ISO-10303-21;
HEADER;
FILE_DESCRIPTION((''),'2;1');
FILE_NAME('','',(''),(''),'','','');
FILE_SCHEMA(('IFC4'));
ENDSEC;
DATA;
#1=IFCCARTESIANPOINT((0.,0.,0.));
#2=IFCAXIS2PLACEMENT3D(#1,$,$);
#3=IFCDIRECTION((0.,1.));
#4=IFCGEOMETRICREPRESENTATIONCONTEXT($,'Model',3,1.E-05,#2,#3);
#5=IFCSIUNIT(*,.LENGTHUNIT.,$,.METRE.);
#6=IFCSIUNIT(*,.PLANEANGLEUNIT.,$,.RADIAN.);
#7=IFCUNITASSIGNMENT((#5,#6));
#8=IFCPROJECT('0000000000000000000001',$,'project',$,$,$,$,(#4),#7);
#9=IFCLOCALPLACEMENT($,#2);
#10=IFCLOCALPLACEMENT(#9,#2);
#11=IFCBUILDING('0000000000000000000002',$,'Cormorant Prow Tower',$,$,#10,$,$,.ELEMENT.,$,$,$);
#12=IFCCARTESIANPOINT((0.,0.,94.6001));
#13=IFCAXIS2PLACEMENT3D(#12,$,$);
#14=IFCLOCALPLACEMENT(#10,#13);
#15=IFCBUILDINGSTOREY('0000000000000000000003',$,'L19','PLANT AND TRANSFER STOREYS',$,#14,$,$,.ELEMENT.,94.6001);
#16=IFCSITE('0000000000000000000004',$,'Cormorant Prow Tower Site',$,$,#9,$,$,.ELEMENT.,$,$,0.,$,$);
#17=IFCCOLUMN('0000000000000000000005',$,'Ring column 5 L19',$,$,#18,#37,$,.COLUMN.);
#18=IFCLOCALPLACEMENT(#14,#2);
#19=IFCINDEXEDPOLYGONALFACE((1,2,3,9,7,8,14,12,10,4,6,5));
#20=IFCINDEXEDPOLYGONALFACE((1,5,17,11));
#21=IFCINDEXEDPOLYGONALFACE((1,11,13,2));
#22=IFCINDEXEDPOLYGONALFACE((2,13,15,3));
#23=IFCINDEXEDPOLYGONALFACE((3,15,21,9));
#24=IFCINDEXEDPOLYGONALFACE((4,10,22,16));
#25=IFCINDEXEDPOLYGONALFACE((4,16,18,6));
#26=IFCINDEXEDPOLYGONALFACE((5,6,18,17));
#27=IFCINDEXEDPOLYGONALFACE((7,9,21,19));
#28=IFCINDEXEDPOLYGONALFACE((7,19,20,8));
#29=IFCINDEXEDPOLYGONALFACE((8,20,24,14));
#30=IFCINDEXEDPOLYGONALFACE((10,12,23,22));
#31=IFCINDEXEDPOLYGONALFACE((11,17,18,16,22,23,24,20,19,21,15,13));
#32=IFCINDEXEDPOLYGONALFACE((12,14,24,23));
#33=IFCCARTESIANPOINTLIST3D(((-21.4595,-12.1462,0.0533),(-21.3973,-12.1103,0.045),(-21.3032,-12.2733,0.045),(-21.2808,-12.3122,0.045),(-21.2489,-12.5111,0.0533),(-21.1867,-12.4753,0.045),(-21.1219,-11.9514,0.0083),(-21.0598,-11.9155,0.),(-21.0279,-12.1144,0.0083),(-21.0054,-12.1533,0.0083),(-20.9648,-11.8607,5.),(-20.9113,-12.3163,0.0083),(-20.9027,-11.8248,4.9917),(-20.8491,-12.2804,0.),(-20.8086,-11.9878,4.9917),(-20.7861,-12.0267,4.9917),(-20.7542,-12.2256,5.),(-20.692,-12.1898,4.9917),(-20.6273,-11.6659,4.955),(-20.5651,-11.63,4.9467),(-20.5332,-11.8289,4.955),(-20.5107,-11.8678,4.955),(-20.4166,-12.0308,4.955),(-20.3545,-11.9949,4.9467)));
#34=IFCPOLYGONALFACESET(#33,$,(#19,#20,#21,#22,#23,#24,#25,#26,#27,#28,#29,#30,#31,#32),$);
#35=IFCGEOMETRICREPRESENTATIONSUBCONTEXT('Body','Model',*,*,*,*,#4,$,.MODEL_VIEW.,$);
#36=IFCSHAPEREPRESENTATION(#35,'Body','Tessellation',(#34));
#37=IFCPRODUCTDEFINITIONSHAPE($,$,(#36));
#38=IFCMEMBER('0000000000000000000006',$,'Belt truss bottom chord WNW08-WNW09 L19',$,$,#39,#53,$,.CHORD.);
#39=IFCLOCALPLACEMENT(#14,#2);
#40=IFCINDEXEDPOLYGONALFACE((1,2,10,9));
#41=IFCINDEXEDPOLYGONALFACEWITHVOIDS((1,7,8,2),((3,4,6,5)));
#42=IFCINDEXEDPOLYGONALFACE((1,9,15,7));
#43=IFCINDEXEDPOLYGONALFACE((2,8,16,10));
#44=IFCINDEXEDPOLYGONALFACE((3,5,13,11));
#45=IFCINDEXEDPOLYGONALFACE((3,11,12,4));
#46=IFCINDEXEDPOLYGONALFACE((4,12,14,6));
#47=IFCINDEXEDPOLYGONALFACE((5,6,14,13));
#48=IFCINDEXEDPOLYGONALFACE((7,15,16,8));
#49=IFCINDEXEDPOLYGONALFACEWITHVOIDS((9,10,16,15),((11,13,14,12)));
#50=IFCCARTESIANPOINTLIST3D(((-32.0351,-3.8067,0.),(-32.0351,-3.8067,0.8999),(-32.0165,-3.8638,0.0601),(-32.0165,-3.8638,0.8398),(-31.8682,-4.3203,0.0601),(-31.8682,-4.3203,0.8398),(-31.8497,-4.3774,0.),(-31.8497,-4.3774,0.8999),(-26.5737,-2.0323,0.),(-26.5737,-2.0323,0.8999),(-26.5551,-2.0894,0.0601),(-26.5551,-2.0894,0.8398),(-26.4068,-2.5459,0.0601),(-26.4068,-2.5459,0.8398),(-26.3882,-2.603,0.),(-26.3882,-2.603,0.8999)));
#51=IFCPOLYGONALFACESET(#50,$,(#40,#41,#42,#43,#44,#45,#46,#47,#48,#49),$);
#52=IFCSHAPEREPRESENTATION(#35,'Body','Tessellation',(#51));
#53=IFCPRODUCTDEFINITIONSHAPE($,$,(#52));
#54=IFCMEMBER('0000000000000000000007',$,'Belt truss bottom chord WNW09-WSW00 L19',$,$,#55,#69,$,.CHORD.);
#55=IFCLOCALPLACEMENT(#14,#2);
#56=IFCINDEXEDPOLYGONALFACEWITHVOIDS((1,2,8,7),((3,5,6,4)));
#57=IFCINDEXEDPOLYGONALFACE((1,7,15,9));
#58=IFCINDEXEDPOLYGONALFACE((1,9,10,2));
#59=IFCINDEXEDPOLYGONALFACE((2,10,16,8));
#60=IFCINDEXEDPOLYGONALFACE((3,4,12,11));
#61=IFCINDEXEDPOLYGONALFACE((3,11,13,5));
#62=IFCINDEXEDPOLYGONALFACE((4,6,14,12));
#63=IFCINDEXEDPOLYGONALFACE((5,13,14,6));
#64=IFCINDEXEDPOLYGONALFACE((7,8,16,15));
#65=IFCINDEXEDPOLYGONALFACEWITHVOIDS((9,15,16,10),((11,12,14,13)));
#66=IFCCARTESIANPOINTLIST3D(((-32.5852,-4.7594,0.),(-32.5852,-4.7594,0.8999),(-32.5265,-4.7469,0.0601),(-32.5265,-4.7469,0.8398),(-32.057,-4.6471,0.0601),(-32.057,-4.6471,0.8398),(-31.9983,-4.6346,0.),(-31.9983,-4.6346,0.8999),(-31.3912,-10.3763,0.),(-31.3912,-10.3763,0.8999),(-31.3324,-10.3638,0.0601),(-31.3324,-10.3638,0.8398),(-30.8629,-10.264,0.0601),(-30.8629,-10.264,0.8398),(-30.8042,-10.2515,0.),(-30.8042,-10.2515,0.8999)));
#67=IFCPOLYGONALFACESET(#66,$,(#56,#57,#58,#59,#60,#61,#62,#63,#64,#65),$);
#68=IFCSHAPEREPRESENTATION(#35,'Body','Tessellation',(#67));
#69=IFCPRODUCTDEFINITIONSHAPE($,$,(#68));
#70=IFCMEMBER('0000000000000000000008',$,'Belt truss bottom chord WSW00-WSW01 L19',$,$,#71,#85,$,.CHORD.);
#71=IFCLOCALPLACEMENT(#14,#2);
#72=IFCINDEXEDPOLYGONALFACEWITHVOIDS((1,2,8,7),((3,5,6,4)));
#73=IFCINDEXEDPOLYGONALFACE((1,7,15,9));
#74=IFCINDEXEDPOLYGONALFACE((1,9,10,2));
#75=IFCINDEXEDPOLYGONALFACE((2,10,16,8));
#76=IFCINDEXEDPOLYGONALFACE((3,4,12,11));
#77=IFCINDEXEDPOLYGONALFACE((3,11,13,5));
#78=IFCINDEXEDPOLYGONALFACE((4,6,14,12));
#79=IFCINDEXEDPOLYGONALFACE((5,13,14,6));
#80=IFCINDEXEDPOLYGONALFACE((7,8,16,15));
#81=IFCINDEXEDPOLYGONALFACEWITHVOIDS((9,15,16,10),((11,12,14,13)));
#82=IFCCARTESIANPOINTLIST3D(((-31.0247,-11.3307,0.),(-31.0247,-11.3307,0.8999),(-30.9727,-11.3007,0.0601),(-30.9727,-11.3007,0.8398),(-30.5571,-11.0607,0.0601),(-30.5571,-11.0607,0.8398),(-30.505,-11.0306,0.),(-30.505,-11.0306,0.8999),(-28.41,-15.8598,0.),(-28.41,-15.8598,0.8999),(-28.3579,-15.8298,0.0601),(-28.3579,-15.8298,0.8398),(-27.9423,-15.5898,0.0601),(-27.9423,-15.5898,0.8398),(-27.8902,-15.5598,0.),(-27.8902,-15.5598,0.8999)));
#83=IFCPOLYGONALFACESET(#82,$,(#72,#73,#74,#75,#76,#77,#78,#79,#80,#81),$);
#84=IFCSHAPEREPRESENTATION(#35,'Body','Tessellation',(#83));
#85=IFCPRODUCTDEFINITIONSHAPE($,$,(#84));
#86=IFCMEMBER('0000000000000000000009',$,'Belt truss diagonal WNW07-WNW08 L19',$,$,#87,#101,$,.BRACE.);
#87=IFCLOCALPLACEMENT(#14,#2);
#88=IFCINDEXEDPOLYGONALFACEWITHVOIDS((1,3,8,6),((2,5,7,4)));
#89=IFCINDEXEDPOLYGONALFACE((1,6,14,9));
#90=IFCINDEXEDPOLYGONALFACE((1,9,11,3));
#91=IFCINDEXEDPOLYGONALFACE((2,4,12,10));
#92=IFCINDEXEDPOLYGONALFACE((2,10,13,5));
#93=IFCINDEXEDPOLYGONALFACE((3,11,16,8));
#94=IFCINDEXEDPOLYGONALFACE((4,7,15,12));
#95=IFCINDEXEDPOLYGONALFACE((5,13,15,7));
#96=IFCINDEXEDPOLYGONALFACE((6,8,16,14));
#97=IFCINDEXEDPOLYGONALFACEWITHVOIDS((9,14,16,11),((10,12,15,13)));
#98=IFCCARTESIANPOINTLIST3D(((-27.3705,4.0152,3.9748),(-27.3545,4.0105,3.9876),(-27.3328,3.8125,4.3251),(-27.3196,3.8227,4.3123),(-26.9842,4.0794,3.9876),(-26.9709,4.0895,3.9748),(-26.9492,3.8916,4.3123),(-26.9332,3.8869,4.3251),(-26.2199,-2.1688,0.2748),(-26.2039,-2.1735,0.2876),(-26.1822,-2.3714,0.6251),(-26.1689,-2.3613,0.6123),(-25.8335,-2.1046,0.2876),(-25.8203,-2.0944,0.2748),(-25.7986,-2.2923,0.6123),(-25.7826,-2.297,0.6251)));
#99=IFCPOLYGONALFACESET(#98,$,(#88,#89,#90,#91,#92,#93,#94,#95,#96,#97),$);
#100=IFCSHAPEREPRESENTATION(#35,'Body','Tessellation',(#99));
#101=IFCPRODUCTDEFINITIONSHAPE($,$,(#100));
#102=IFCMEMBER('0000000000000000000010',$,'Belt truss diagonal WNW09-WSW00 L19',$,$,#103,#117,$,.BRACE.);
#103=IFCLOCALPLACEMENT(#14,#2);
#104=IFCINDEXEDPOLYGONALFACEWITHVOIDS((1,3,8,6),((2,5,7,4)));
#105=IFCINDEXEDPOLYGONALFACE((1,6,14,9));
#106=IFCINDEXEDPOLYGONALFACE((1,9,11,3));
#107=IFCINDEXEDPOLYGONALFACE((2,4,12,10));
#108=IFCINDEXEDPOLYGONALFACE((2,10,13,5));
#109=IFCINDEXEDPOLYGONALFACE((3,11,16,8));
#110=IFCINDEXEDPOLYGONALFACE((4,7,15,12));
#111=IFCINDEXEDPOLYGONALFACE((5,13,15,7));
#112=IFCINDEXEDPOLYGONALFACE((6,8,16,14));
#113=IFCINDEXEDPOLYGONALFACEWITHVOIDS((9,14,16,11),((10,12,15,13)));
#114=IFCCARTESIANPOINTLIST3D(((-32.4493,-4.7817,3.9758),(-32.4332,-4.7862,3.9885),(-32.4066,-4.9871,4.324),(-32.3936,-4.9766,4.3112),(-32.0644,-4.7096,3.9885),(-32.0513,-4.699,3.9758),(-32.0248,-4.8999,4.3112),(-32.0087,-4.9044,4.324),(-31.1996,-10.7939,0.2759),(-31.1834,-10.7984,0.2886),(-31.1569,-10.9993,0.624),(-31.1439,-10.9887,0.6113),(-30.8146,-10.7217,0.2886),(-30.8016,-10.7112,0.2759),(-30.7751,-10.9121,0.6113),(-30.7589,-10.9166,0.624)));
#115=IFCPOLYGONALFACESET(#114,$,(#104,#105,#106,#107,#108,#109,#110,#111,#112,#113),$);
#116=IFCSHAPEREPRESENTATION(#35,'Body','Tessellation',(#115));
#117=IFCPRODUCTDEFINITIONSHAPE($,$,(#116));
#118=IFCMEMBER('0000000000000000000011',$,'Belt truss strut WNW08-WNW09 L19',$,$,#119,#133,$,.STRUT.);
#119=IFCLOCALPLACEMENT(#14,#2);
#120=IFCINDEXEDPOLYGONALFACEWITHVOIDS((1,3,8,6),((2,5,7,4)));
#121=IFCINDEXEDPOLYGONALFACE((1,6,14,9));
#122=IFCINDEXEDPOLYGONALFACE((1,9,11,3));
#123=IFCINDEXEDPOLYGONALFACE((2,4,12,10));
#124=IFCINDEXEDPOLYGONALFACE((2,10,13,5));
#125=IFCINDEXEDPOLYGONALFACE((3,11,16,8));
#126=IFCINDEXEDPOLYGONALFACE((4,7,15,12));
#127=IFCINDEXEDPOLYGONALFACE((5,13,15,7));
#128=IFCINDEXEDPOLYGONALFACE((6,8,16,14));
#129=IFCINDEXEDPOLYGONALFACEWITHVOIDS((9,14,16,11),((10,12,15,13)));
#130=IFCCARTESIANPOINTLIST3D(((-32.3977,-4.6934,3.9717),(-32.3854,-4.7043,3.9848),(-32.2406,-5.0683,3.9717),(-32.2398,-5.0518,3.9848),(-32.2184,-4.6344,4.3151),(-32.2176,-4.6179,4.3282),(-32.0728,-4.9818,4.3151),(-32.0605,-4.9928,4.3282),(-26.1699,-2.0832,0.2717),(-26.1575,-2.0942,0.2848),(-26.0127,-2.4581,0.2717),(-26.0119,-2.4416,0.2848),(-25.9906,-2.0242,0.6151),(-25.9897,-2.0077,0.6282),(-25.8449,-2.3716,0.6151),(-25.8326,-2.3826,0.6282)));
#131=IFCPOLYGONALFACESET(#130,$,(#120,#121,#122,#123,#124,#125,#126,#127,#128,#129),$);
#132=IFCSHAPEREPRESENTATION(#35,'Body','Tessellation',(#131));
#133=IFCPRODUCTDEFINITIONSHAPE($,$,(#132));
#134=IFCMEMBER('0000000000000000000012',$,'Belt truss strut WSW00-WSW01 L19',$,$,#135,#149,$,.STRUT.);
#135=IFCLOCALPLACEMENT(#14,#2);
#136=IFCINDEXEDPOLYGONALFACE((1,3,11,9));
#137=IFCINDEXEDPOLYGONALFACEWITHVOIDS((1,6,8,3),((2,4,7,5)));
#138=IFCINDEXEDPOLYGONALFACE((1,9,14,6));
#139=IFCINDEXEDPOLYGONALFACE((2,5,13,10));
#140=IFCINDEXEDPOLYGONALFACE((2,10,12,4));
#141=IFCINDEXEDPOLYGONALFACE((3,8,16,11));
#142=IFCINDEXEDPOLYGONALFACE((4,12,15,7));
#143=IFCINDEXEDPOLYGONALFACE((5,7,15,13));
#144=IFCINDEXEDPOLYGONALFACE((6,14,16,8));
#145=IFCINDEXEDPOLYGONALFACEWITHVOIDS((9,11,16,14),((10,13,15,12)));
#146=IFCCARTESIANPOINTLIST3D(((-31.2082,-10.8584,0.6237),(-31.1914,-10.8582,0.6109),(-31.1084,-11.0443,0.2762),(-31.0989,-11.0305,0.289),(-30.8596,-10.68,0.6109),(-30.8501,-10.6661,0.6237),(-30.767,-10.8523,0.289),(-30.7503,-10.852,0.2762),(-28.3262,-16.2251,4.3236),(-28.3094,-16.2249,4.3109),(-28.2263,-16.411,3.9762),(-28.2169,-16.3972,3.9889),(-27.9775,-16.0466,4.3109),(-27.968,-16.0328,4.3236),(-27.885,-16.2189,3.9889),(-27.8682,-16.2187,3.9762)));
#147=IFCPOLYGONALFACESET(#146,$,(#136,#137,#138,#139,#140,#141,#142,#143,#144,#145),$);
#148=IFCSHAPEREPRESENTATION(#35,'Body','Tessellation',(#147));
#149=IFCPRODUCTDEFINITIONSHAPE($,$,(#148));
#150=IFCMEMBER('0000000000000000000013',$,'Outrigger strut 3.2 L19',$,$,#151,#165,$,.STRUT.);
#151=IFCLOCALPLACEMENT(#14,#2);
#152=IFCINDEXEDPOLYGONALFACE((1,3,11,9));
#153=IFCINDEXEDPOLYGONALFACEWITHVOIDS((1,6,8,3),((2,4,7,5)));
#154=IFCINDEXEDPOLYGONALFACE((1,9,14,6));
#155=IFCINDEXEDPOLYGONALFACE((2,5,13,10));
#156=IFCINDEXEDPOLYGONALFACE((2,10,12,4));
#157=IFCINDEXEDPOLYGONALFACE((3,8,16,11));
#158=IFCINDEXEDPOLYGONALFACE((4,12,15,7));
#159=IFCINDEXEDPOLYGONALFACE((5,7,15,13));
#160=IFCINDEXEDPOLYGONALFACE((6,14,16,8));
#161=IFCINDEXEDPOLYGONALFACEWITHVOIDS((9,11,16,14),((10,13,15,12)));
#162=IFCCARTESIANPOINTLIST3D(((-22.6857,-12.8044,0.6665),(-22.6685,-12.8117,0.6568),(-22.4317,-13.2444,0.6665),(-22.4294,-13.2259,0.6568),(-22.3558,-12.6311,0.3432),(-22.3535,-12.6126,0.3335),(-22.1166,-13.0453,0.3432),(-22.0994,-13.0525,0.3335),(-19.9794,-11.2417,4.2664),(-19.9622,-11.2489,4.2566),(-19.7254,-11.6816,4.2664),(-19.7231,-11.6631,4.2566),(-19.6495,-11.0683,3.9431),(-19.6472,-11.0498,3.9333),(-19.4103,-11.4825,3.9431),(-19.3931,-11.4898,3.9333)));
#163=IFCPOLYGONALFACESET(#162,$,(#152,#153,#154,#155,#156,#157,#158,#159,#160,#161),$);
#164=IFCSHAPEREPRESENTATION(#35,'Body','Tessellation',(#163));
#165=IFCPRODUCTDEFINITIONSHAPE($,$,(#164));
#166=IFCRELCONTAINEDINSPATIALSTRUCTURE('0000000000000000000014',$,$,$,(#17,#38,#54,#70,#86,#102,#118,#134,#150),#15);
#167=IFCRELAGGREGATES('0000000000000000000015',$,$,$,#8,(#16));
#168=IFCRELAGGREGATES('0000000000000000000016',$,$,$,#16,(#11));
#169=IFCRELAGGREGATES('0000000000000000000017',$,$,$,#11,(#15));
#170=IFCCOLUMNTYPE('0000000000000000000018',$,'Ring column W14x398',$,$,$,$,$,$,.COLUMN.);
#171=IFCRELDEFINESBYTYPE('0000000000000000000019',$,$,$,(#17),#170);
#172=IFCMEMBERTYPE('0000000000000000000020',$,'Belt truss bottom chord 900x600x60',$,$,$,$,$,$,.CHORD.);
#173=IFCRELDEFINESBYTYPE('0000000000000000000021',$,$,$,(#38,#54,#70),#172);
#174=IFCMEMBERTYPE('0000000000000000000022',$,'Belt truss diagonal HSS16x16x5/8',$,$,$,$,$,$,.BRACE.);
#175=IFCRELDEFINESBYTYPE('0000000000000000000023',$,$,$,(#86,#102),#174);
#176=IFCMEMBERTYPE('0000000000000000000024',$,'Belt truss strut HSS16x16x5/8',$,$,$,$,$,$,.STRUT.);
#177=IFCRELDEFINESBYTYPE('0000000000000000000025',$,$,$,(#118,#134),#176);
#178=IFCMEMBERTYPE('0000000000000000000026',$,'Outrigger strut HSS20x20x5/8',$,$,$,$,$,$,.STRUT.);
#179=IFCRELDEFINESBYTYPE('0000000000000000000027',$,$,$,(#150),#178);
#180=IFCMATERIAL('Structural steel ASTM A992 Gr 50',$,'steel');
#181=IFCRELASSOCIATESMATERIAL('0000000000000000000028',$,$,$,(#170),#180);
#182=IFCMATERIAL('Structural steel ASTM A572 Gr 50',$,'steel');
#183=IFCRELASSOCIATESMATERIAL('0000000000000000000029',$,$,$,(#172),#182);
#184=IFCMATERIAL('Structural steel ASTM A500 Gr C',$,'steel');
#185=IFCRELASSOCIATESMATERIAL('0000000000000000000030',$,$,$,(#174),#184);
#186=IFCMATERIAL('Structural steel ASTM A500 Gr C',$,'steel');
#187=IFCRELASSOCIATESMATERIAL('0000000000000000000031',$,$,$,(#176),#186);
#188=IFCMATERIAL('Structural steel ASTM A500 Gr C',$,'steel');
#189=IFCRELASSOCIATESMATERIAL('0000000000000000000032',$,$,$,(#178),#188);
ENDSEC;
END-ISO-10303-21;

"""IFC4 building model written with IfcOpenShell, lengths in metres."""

from ifc_helpers import new_model, si_unit, direction, frame, origin, origin_2d, place, context, subcontext, project, spatial, hollow_rectangle, i_section, extrude, material, material_profile, profile_set, type_object, element, save


model = new_model("IFC4")

# Units and contexts
model_context = context("Model", 3, precision=1e-05, world=origin(), true_north=direction((0.0, 1.0)))
body_context = subcontext(model_context, "Body", "Model", "MODEL_VIEW")
ifc_project = project(units=[si_unit("LENGTHUNIT", "METRE"), si_unit("PLANEANGLEUNIT", "RADIAN")], contexts=[model_context])

# Site, building, storey
site_placement = place(None, origin())
site = spatial("IfcSite", under=ifc_project, at=site_placement, Name="Cormorant Prow Tower Site", CompositionType="ELEMENT", RefElevation=0.0)
building_placement = place(site_placement, origin())
building = spatial("IfcBuilding", under=site, at=building_placement, Name="Cormorant Prow Tower", CompositionType="ELEMENT")
storey_placement = place(building_placement, frame((0.0, 0.0, 94.6001)))
storey = spatial("IfcBuildingStorey", under=building, at=storey_placement, Name="L19", Description="PLANT AND TRANSFER STOREYS", CompositionType="ELEMENT", Elevation=94.6001)

# Column
ifc_material_1 = material(Name="Structural steel ASTM A992 Gr 50", Category="steel")
ifc_material_profile_1 = material_profile(ifc_material_1, i_section(OverallWidth=0.4214, OverallDepth=0.4646, WebThickness=0.0449, FlangeThickness=0.0723, at=origin_2d()), Name="W14x398")
ifc_profile_set_1 = profile_set([ifc_material_profile_1], Name="Structural steel ASTM A992 Gr 50")
column_type_1 = type_object("IfcColumnType", Name="Ring column W14x398", PredefinedType="COLUMN", material=ifc_profile_set_1)
column_1_placement = place(storey_placement, frame((-21.157, -12.2148, 0.0), z_axis=(0.09934, 0.057334, 0.9934), x_axis=(-0.499869, 0.866101, 0.0)))
element("IfcColumn", 1, at=column_1_placement, inside=storey, type_object=column_type_1, Name="Ring column 5 L19", PredefinedType="COLUMN", context=body_context, shape_type="SweptSolid", body=[
    extrude(i_section(OverallWidth=0.4214, OverallDepth=0.4646, WebThickness=0.0449, FlangeThickness=0.0723, at=origin_2d()), frame((0.0, 0.0, 0.0269)), (0.0, 0.0, 1.0), 4.9795),
])

# Members
ifc_material_2 = material(Name="Structural steel ASTM A572 Gr 50", Category="steel")
ifc_material_profile_2 = material_profile(ifc_material_2, hollow_rectangle(XDim=0.6001, YDim=0.8999, WallThickness=0.0601, at=origin_2d()), Name="Box 900x600x60")
ifc_profile_set_2 = profile_set([ifc_material_profile_2], Name="Structural steel ASTM A572 Gr 50")
member_type_1 = type_object("IfcMemberType", Name="Belt truss bottom chord 900x600x60", PredefinedType="CHORD", material=ifc_profile_set_2)
for number, where, z_axis, x_axis, name in (
    (2, (-26.481, -2.3176, 0.45), (-0.951062, -0.309, 0.0), (0.309, -0.951062, 0.0), "Belt truss bottom chord WNW08-WNW09 L19"),
    (3, (-32.2917, -4.697, 0.45), (0.207941, -0.978141, 0.0), (0.978141, 0.207941, 0.0), "Belt truss bottom chord WNW09-WSW00 L19"),
):
    element("IfcMember", number, at=place(storey_placement, frame(where, z_axis=z_axis, x_axis=x_axis)), inside=storey, type_object=member_type_1, Name=name, PredefinedType="CHORD", context=body_context, shape_type="SweptSolid", body=[
        extrude(hollow_rectangle(XDim=0.6001, YDim=0.8999, WallThickness=0.0601, at=origin_2d()), origin(), (0.0, 0.0, 1.0), 5.7424),
    ])
member_1_placement = place(storey_placement, frame((-30.7649, -11.1807, 0.45), z_axis=(0.499985, -0.866034, 0.0), x_axis=(0.866034, 0.499985, 0.0)))
element("IfcMember", 4, at=member_1_placement, inside=storey, type_object=member_type_1, Name="Belt truss bottom chord WSW00-WSW01 L19", PredefinedType="CHORD", context=body_context, shape_type="SweptSolid", body=[
    extrude(hollow_rectangle(XDim=0.6001, YDim=0.8999, WallThickness=0.0601, at=origin_2d()), origin(), (0.0, 0.0, 1.0), 5.2297),
])
ifc_material_3 = material(Name="Structural steel ASTM A500 Gr C", Category="steel")
ifc_material_profile_3 = material_profile(ifc_material_3, hollow_rectangle(XDim=0.4065, YDim=0.4065, WallThickness=0.0149, at=origin_2d()), Name="HSS16x16x5/8")
ifc_profile_set_3 = profile_set([ifc_material_profile_3], Name="Structural steel ASTM A500 Gr C")
member_type_2 = type_object("IfcMemberType", Name="Belt truss diagonal HSS16x16x5/8", PredefinedType="BRACE", material=ifc_profile_set_3)
member_2_placement = place(storey_placement, frame((-26.0012, -2.2329, 0.45), z_axis=(-0.157675, 0.847392, 0.507017), x_axis=(-0.983126, -0.182931, 0.0)))
element("IfcMember", 5, at=member_2_placement, inside=storey, type_object=member_type_2, Name="Belt truss diagonal WNW07-WNW08 L19", PredefinedType="BRACE", context=body_context, shape_type="SweptSolid", body=[
    extrude(hollow_rectangle(XDim=0.4065, YDim=0.4065, WallThickness=0.0149, at=origin_2d()), origin(), (0.0, 0.0, 1.0), 7.2976),
])
member_3_placement = place(storey_placement, frame((-30.9792, -10.8552, 0.45), z_axis=(-0.174322, 0.83861, 0.516086), x_axis=(-0.979071, -0.203519, 0.0)))
element("IfcMember", 6, at=member_3_placement, inside=storey, type_object=member_type_2, Name="Belt truss diagonal WNW09-WSW00 L19", PredefinedType="BRACE", context=body_context, shape_type="SweptSolid", body=[
    extrude(hollow_rectangle(XDim=0.4065, YDim=0.4065, WallThickness=0.0149, at=origin_2d()), origin(), (0.0, 0.0, 1.0), 7.1692),
])
ifc_material_4 = material(Name="Structural steel ASTM A500 Gr C", Category="steel")
ifc_material_profile_4 = material_profile(ifc_material_4, hollow_rectangle(XDim=0.4065, YDim=0.4065, WallThickness=0.0149, at=origin_2d()), Name="HSS16x16x5/8")
ifc_profile_set_4 = profile_set([ifc_material_profile_4], Name="Structural steel ASTM A500 Gr C")
member_type_3 = type_object("IfcMemberType", Name="Belt truss strut HSS16x16x5/8", PredefinedType="STRUT", material=ifc_profile_set_4)
member_4_placement = place(storey_placement, frame((-26.0012, -2.2329, 0.45), z_axis=(-0.808819, -0.338982, 0.480523), x_axis=(0.386532, -0.922276, 0.0)))
element("IfcMember", 7, at=member_4_placement, inside=storey, type_object=member_type_3, Name="Belt truss strut WNW08-WNW09 L19", PredefinedType="STRUT", context=body_context, shape_type="SweptSolid", body=[
    extrude(hollow_rectangle(XDim=0.4065, YDim=0.4065, WallThickness=0.0149, at=origin_2d()), origin(), (0.0, 0.0, 1.0), 7.7),
])
member_5_placement = place(storey_placement, frame((-30.9792, -10.8552, 0.45), z_axis=(0.404376, -0.752985, 0.519129), x_axis=(0.880997, 0.473122, 0.0)))
element("IfcMember", 8, at=member_5_placement, inside=storey, type_object=member_type_3, Name="Belt truss strut WSW00-WSW01 L19", PredefinedType="STRUT", context=body_context, shape_type="SweptSolid", body=[
    extrude(hollow_rectangle(XDim=0.4065, YDim=0.4065, WallThickness=0.0149, at=origin_2d()), origin(), (0.0, 0.0, 1.0), 7.1272),
])
ifc_material_5 = material(Name="Structural steel ASTM A500 Gr C", Category="steel")
ifc_material_profile_5 = material_profile(ifc_material_5, hollow_rectangle(XDim=0.5081, YDim=0.5081, WallThickness=0.0149, at=origin_2d()), Name="HSS20x20x5/8")
ifc_profile_set_5 = profile_set([ifc_material_profile_5], Name="Structural steel ASTM A500 Gr C")
member_type_4 = type_object("IfcMemberType", Name="Outrigger strut HSS20x20x5/8", PredefinedType="STRUT", material=ifc_profile_set_5)
member_6_placement = place(storey_placement, frame((-19.6863, -11.3657, 4.0999), z_axis=(-0.567704, -0.327819, -0.755147), x_axis=(0.500063, -0.865989, 0.0)))
element("IfcMember", 9, at=member_6_placement, inside=storey, type_object=member_type_4, Name="Outrigger strut 3.2 L19", PredefinedType="STRUT", context=body_context, shape_type="SweptSolid", body=[
    extrude(hollow_rectangle(XDim=0.5081, YDim=0.5081, WallThickness=0.0149, at=origin_2d()), origin(), (0.0, 0.0, 1.0), 4.7671),
])

save(model, "model.ifc")
